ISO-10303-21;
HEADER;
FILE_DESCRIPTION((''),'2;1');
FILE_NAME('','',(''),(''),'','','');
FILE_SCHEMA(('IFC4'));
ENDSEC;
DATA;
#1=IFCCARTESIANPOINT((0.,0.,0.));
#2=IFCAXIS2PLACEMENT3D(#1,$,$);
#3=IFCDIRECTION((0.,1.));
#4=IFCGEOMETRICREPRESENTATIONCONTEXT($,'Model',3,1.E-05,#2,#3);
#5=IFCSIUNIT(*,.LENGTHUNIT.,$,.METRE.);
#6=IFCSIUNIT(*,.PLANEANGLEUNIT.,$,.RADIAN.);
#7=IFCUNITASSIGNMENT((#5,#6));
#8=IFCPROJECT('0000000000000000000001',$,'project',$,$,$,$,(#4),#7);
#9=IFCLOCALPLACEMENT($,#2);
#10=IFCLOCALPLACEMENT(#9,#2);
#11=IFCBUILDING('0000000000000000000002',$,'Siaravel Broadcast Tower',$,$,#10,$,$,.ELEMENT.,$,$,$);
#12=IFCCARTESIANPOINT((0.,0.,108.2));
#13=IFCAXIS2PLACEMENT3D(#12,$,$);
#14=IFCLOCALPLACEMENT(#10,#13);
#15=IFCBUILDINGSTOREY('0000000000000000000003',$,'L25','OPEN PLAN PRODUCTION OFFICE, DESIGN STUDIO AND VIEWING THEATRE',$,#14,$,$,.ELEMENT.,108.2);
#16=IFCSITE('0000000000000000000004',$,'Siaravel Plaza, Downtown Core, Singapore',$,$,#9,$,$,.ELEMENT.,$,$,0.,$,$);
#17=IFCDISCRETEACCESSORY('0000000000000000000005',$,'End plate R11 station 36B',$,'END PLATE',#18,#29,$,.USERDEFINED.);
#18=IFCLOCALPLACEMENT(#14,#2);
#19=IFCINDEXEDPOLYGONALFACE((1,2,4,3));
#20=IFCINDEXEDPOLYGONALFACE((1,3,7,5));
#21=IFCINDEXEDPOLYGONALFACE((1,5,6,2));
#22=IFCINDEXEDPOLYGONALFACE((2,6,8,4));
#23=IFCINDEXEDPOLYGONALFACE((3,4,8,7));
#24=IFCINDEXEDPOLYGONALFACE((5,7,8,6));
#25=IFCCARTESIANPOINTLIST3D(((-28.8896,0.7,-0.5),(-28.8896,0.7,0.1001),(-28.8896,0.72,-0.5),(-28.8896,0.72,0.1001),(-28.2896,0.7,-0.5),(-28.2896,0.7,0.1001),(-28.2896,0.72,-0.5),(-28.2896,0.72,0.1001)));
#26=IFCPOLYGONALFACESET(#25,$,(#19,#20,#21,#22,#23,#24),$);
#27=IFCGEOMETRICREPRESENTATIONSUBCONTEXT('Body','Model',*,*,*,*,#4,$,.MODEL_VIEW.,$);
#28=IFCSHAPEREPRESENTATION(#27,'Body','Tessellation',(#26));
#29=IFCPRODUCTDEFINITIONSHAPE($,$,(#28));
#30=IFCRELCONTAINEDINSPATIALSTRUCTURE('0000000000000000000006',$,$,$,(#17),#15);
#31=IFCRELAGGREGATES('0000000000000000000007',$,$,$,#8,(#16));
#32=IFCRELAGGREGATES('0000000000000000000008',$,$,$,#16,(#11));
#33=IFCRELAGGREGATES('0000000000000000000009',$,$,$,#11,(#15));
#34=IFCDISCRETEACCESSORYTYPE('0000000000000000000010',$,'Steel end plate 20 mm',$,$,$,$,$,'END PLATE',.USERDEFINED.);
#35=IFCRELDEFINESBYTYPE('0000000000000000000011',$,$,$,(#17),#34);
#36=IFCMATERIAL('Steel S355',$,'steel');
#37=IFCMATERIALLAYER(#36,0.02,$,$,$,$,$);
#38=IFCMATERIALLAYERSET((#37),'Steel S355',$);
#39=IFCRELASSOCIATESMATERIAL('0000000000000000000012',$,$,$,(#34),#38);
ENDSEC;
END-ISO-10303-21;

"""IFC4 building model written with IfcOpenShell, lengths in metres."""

from ifc_helpers import new_model, si_unit, direction, frame, origin, origin_2d, place, context, subcontext, project, spatial, rectangle, extrude, material, layer, layer_set, type_object, element, save


model = new_model("IFC4")

# Units and contexts
model_context = context("Model", 3, precision=1e-05, world=origin(), true_north=direction((0.0, 1.0)))
body_context = subcontext(model_context, "Body", "Model", "MODEL_VIEW")
ifc_project = project(units=[si_unit("LENGTHUNIT", "METRE"), si_unit("PLANEANGLEUNIT", "RADIAN")], contexts=[model_context])

# Site, building, storey
site_placement = place(None, origin())
site = spatial("IfcSite", under=ifc_project, at=site_placement, Name="Siaravel Plaza, Downtown Core, Singapore", CompositionType="ELEMENT", RefElevation=0.0)
building_placement = place(site_placement, origin())
building = spatial("IfcBuilding", under=site, at=building_placement, Name="Siaravel Broadcast Tower", CompositionType="ELEMENT")
storey_placement = place(building_placement, frame((0.0, 0.0, 108.2)))
storey = spatial("IfcBuildingStorey", under=building, at=storey_placement, Name="L25", Description="OPEN PLAN PRODUCTION OFFICE, DESIGN STUDIO AND VIEWING THEATRE", CompositionType="ELEMENT", Elevation=108.2)

# Shared definitions
ifc_material_1 = material(Name="Steel S355", Category="steel")

# Discrete accessory
ifc_layer_1 = layer(ifc_material_1, 0.02)
ifc_layer_set_1 = layer_set([ifc_layer_1], Name="Steel S355")
discrete_accessory_type_1 = type_object("IfcDiscreteAccessoryType", Name="Steel end plate 20 mm", ElementType="END PLATE", PredefinedType="USERDEFINED", material=ifc_layer_set_1)
discrete_accessory_placement = place(storey_placement, frame((-28.5896, 0.71, -0.5), z_axis=(0.0, 0.0, 1.0), x_axis=(0.0, -1.0, 0.0)))
element("IfcDiscreteAccessory", 1, at=discrete_accessory_placement, inside=storey, type_object=discrete_accessory_type_1, Name="End plate R11 station 36B", ObjectType="END PLATE", PredefinedType="USERDEFINED", context=body_context, shape_type="SweptSolid", body=[
    extrude(rectangle(XDim=0.02, YDim=0.6001, at=origin_2d()), origin(), (0.0, 0.0, 1.0), 0.6001),
])

save(model, "model.ifc")
